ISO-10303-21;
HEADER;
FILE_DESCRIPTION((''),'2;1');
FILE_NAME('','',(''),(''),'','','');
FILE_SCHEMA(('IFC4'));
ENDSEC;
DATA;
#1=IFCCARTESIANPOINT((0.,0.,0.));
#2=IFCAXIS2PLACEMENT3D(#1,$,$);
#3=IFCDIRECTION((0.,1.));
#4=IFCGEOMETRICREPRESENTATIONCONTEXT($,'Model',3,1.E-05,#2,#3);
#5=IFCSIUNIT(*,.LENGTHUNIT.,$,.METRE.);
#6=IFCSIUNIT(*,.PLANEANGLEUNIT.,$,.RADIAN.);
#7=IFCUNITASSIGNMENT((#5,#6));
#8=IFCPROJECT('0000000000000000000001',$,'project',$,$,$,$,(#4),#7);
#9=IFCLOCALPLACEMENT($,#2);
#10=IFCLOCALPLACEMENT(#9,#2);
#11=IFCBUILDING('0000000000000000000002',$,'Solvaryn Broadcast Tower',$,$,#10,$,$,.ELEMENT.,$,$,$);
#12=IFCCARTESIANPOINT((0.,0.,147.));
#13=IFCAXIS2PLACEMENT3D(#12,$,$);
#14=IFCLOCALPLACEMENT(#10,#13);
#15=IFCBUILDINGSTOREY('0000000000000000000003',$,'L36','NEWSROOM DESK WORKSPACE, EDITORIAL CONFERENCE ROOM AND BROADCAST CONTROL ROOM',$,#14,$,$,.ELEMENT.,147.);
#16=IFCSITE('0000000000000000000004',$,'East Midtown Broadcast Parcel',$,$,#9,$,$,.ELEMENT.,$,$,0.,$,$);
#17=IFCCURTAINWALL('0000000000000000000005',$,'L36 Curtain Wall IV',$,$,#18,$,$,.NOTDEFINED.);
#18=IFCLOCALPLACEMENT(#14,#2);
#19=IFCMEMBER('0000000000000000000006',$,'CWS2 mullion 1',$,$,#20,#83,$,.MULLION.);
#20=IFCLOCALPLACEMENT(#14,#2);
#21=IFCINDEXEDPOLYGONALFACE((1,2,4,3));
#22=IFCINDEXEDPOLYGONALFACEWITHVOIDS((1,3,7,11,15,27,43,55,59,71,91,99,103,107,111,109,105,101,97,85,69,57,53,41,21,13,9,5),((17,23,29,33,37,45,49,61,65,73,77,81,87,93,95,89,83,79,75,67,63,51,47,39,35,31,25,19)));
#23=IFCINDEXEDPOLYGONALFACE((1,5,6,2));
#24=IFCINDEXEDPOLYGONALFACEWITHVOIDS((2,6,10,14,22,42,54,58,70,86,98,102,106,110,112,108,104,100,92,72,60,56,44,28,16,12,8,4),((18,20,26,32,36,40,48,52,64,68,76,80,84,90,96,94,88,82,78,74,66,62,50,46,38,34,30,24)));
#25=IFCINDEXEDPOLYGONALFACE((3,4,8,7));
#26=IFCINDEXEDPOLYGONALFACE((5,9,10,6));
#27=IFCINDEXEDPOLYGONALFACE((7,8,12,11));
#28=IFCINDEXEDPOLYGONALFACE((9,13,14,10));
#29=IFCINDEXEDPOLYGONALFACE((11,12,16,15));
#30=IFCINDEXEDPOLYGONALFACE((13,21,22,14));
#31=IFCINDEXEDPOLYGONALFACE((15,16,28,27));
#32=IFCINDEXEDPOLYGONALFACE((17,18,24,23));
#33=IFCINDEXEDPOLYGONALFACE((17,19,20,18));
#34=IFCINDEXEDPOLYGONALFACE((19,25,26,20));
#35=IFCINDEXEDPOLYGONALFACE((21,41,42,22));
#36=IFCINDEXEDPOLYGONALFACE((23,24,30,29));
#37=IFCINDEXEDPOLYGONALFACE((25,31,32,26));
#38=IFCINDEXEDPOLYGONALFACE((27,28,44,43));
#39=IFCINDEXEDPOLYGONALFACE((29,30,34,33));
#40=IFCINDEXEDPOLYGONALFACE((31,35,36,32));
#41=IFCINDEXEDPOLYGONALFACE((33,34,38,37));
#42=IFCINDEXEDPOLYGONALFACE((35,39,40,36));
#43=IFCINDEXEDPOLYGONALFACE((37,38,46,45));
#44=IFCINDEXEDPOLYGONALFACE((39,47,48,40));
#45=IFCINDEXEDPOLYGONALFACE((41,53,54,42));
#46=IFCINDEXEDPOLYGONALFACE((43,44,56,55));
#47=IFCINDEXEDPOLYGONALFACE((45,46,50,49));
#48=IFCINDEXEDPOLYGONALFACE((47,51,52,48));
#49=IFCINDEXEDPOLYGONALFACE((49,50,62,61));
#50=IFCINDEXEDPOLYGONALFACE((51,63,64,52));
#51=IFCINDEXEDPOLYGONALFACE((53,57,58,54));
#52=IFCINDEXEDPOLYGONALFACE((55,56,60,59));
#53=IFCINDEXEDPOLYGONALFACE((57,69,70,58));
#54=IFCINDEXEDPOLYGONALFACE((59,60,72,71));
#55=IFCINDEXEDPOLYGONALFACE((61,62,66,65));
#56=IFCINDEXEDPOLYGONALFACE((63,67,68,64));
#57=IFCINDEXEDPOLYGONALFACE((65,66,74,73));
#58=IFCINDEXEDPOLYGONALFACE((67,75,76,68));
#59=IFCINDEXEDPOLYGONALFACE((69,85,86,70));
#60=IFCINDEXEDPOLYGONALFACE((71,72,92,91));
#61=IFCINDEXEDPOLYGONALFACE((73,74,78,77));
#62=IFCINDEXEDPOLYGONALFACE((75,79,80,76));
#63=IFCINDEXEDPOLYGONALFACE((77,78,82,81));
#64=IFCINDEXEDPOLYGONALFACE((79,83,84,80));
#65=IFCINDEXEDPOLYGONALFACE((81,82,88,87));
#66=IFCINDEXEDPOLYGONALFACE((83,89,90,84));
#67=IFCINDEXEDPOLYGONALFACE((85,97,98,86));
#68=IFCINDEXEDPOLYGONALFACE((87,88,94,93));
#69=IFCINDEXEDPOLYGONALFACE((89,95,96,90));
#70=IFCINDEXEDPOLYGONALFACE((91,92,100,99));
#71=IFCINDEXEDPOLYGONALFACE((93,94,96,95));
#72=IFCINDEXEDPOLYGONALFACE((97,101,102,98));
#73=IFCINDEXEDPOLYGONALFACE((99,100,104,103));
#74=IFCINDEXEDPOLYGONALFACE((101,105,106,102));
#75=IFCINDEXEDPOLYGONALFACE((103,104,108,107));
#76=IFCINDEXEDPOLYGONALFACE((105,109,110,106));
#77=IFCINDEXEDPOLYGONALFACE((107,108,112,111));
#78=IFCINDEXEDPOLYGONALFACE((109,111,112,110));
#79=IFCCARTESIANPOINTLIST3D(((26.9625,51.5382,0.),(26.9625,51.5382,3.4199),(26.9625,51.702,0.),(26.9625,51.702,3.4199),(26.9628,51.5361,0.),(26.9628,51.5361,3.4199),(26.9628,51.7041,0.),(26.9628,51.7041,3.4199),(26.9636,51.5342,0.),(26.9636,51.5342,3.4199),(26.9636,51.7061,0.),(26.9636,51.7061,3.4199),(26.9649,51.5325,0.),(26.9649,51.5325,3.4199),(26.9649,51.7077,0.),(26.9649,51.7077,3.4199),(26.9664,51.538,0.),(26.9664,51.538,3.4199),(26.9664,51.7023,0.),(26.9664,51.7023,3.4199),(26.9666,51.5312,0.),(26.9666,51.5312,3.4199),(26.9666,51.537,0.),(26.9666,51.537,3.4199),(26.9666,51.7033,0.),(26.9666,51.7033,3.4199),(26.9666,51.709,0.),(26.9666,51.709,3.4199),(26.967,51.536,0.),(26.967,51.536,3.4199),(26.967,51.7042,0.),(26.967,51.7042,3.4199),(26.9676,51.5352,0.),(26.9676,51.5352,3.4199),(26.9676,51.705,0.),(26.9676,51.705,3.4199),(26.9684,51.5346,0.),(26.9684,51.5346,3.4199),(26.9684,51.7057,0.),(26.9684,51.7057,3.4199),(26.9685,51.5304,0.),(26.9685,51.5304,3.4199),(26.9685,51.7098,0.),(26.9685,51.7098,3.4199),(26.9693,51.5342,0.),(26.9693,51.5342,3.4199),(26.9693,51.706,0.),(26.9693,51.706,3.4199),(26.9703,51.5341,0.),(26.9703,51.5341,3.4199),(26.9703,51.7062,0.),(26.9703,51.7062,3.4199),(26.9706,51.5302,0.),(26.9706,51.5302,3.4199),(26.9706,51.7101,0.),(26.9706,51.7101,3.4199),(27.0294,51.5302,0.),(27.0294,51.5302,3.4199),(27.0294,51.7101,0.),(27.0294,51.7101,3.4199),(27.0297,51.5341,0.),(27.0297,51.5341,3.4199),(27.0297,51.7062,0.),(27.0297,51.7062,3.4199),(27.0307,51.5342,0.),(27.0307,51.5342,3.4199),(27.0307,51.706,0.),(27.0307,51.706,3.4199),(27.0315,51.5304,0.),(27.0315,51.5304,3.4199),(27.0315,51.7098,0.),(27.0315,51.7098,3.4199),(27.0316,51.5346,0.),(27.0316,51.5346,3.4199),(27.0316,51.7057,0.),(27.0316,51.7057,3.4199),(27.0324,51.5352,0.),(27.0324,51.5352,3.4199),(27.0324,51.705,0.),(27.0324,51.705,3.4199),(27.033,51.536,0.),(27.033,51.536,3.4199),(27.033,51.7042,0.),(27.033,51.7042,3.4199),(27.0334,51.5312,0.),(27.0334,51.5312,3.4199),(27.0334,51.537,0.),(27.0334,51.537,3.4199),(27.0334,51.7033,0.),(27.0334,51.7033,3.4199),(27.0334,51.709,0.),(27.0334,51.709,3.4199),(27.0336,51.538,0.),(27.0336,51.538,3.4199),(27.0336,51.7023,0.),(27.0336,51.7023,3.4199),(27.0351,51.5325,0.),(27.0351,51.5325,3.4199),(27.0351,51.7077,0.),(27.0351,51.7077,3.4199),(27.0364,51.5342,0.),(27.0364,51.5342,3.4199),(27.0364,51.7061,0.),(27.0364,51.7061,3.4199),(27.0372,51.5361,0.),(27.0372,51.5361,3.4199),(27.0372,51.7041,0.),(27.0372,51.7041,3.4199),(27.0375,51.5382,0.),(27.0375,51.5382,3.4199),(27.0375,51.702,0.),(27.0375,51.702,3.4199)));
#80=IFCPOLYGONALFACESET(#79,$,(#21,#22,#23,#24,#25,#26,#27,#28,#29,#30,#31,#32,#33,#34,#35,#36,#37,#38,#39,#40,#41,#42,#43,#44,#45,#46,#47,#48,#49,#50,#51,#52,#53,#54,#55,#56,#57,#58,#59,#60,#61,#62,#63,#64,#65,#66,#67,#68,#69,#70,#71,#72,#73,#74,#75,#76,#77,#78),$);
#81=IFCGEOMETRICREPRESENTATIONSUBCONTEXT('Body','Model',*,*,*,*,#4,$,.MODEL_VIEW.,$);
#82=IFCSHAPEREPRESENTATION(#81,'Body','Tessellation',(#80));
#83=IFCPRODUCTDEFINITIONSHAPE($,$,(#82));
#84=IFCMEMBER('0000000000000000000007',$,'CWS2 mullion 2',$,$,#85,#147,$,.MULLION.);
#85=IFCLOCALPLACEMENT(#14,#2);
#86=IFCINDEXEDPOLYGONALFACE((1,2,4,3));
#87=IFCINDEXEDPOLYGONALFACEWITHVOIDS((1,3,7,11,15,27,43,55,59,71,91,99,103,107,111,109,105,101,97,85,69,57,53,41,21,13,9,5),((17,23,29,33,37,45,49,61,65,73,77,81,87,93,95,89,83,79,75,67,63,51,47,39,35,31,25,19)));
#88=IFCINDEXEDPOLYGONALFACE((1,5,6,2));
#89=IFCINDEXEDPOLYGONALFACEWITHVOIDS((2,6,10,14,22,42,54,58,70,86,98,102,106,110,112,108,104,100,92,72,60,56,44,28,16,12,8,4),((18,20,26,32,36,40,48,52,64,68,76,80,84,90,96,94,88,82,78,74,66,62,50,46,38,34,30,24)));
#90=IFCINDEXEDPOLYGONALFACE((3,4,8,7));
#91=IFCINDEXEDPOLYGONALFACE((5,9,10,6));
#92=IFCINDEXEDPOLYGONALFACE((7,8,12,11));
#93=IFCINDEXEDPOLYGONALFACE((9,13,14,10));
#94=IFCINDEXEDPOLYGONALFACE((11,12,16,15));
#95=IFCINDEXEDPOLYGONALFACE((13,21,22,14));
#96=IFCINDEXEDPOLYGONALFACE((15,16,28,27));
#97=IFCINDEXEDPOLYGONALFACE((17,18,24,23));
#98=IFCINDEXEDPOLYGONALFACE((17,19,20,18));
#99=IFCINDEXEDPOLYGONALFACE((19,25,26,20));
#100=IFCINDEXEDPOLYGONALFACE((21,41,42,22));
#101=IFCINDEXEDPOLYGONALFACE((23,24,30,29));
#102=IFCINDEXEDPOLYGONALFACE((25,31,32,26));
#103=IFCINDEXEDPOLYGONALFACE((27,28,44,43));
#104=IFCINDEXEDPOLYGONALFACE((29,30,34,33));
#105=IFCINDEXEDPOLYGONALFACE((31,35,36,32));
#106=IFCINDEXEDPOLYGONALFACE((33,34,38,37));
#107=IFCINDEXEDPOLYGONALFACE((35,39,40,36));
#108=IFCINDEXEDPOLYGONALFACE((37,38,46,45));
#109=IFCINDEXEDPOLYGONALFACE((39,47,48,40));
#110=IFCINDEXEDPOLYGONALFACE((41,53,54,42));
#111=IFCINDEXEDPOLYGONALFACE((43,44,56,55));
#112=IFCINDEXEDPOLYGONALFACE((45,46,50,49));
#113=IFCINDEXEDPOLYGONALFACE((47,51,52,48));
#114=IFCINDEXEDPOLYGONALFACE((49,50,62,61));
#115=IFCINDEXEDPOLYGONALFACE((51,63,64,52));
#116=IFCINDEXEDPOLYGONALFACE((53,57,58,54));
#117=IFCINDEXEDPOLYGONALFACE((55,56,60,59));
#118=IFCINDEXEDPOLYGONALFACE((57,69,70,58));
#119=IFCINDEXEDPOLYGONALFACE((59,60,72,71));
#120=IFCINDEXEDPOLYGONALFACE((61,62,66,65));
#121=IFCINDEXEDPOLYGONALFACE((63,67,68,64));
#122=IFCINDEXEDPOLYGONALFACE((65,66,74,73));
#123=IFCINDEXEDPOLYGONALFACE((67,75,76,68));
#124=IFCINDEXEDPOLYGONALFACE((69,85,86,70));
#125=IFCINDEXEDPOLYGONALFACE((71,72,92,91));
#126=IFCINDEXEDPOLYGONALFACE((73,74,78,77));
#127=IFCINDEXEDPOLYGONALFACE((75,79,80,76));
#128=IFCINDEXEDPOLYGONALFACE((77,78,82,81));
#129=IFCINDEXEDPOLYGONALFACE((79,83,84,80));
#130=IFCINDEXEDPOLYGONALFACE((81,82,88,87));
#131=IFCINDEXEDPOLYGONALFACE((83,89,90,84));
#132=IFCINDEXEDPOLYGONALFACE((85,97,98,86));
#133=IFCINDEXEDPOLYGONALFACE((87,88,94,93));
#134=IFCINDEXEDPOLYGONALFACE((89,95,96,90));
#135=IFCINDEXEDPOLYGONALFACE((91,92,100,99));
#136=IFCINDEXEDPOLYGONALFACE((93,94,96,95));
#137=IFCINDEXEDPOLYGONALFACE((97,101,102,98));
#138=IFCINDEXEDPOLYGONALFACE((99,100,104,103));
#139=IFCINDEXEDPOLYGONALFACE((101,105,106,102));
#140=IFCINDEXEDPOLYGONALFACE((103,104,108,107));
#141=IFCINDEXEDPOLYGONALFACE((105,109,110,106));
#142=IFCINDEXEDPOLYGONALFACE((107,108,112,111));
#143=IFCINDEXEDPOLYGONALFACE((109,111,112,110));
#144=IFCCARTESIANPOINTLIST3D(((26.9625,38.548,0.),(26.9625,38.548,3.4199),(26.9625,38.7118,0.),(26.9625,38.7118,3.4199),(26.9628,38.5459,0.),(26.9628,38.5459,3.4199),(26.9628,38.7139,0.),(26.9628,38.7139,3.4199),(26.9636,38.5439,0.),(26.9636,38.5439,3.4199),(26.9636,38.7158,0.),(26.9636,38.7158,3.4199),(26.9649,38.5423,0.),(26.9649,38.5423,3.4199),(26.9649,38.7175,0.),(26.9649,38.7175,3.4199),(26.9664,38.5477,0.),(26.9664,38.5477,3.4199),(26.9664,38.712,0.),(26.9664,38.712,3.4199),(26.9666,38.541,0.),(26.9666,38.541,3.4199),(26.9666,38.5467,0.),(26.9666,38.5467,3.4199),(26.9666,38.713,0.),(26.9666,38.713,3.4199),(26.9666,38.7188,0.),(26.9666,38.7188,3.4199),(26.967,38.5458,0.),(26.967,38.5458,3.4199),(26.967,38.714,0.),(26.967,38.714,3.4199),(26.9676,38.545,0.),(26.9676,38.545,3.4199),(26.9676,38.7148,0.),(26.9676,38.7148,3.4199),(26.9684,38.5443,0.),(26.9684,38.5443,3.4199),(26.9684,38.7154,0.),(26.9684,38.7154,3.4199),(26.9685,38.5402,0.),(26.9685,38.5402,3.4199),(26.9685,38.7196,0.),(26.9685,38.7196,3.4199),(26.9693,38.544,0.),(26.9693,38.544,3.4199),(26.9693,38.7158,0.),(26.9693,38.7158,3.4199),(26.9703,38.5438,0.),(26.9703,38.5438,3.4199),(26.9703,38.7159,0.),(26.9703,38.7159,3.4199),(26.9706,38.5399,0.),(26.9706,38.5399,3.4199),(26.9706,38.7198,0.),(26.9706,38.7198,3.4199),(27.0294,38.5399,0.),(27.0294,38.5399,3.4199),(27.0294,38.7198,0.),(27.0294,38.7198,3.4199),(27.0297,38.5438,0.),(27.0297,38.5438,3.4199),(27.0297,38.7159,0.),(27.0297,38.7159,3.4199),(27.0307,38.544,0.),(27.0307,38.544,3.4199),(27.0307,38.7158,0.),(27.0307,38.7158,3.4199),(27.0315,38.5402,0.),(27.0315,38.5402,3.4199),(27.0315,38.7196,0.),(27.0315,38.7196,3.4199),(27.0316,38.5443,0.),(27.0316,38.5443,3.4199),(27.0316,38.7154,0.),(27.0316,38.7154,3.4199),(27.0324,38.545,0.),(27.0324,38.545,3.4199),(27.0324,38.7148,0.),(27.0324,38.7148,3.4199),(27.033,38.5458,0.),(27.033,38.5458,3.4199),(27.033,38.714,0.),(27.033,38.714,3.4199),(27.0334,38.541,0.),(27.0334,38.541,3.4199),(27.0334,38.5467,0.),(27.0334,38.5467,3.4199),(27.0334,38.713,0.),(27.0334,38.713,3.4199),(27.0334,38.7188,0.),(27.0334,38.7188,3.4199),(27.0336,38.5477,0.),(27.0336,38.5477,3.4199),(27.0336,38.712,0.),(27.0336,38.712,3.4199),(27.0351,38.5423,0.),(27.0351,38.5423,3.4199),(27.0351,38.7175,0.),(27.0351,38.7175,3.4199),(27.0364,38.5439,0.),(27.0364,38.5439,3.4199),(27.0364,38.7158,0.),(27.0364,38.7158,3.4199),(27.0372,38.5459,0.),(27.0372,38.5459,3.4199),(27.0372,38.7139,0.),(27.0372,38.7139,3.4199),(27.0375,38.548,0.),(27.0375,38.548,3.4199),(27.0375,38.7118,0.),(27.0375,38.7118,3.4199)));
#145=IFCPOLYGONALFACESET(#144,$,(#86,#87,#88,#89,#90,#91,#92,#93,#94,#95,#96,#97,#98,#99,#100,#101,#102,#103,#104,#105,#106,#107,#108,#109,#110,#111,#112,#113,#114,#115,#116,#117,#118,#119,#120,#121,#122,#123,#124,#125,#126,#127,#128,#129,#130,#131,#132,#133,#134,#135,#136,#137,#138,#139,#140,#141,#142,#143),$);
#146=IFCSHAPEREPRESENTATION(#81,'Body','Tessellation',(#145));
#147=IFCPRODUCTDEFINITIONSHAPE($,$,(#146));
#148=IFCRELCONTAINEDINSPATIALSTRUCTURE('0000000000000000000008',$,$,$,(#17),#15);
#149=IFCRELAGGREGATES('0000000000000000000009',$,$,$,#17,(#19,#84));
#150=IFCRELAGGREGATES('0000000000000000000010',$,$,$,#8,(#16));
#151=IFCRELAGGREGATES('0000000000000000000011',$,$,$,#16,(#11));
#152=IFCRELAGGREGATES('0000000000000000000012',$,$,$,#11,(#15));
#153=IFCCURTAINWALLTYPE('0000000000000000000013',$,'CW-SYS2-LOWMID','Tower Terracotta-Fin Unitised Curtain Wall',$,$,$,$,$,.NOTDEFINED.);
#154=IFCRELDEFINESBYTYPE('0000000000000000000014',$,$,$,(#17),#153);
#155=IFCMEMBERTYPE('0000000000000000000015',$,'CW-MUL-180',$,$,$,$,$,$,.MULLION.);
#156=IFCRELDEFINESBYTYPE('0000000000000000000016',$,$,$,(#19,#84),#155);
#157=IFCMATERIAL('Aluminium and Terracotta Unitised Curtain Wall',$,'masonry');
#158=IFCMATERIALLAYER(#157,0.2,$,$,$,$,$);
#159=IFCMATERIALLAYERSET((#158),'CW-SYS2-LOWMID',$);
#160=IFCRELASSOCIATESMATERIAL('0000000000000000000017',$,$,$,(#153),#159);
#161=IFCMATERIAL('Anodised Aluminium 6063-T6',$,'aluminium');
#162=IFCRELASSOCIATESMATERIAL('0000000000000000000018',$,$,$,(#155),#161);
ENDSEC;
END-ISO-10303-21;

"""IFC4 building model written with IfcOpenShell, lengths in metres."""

from ifc_helpers import new_model, si_unit, direction, frame, origin, origin_2d, place, context, subcontext, project, spatial, hollow_rectangle, extrude, material, layer, layer_set, material_profile, profile_set, type_object, element, aggregate, save


model = new_model("IFC4")

# Units and contexts
model_context = context("Model", 3, precision=1e-05, world=origin(), true_north=direction((0.0, 1.0)))
body_context = subcontext(model_context, "Body", "Model", "MODEL_VIEW")
ifc_project = project(units=[si_unit("LENGTHUNIT", "METRE"), si_unit("PLANEANGLEUNIT", "RADIAN")], contexts=[model_context])

# Site, building, storey
site_placement = place(None, origin())
site = spatial("IfcSite", under=ifc_project, at=site_placement, Name="East Midtown Broadcast Parcel", CompositionType="ELEMENT", RefElevation=0.0)
building_placement = place(site_placement, origin())
building = spatial("IfcBuilding", under=site, at=building_placement, Name="Solvaryn Broadcast Tower", CompositionType="ELEMENT")
storey_placement = place(building_placement, frame((0.0, 0.0, 147.0)))
storey = spatial("IfcBuildingStorey", under=building, at=storey_placement, Name="L36", Description="NEWSROOM DESK WORKSPACE, EDITORIAL CONFERENCE ROOM AND BROADCAST CONTROL ROOM", CompositionType="ELEMENT", Elevation=147.0)

# Curtain wall, members
ifc_material_1 = material(Name="Aluminium and Terracotta Unitised Curtain Wall", Category="masonry")
ifc_layer_1 = layer(ifc_material_1, 0.2)
ifc_layer_set_1 = layer_set([ifc_layer_1], Name="CW-SYS2-LOWMID")
curtain_wall_type = type_object("IfcCurtainWallType", Name="CW-SYS2-LOWMID", Description="Tower Terracotta-Fin Unitised Curtain Wall", PredefinedType="NOTDEFINED", material=ifc_layer_set_1)
curtain_wall_1_placement = place(storey_placement, origin())
curtain_wall_1 = element("IfcCurtainWall", 1, at=curtain_wall_1_placement, inside=storey, type_object=curtain_wall_type, Name="L36 Curtain Wall IV", PredefinedType="NOTDEFINED")
ifc_material_2 = material(Name="Anodised Aluminium 6063-T6", Category="aluminium")
ifc_material_profile_1 = material_profile(ifc_material_2, hollow_rectangle(XDim=0.075, YDim=0.1799, WallThickness=0.0039, InnerFilletRadius=0.0039, OuterFilletRadius=0.0081, at=origin_2d()))
ifc_profile_set_1 = profile_set([ifc_material_profile_1], Name="Anodised Aluminium 6063-T6")
member_type_1 = type_object("IfcMemberType", Name="CW-MUL-180", PredefinedType="MULLION", material=ifc_profile_set_1)
member_1_placement = place(storey_placement, frame((27.0, 51.6201, 0.0), z_axis=(0.0, 0.0, 1.0), x_axis=(1.0, 0.0, 0.0)))
member_1 = element("IfcMember", 2, at=member_1_placement, type_object=member_type_1, Name="CWS2 mullion 1", PredefinedType="MULLION", context=body_context, shape_type="SweptSolid", body=[
    extrude(hollow_rectangle(XDim=0.075, YDim=0.1799, WallThickness=0.0039, InnerFilletRadius=0.0039, OuterFilletRadius=0.0081, at=origin_2d()), origin(), (0.0, 0.0, 1.0), 3.4199),
])
member_2_placement = place(storey_placement, frame((27.0, 38.6299, 0.0), z_axis=(0.0, 0.0, 1.0), x_axis=(1.0, 0.0, 0.0)))
member_2 = element("IfcMember", 3, at=member_2_placement, type_object=member_type_1, Name="CWS2 mullion 2", PredefinedType="MULLION", context=body_context, shape_type="SweptSolid", body=[
    extrude(hollow_rectangle(XDim=0.075, YDim=0.1799, WallThickness=0.0039, InnerFilletRadius=0.0039, OuterFilletRadius=0.0081, at=origin_2d()), origin(), (0.0, 0.0, 1.0), 3.4199),
])

aggregate(curtain_wall_1, [member_1, member_2])

save(model, "model.ifc")
